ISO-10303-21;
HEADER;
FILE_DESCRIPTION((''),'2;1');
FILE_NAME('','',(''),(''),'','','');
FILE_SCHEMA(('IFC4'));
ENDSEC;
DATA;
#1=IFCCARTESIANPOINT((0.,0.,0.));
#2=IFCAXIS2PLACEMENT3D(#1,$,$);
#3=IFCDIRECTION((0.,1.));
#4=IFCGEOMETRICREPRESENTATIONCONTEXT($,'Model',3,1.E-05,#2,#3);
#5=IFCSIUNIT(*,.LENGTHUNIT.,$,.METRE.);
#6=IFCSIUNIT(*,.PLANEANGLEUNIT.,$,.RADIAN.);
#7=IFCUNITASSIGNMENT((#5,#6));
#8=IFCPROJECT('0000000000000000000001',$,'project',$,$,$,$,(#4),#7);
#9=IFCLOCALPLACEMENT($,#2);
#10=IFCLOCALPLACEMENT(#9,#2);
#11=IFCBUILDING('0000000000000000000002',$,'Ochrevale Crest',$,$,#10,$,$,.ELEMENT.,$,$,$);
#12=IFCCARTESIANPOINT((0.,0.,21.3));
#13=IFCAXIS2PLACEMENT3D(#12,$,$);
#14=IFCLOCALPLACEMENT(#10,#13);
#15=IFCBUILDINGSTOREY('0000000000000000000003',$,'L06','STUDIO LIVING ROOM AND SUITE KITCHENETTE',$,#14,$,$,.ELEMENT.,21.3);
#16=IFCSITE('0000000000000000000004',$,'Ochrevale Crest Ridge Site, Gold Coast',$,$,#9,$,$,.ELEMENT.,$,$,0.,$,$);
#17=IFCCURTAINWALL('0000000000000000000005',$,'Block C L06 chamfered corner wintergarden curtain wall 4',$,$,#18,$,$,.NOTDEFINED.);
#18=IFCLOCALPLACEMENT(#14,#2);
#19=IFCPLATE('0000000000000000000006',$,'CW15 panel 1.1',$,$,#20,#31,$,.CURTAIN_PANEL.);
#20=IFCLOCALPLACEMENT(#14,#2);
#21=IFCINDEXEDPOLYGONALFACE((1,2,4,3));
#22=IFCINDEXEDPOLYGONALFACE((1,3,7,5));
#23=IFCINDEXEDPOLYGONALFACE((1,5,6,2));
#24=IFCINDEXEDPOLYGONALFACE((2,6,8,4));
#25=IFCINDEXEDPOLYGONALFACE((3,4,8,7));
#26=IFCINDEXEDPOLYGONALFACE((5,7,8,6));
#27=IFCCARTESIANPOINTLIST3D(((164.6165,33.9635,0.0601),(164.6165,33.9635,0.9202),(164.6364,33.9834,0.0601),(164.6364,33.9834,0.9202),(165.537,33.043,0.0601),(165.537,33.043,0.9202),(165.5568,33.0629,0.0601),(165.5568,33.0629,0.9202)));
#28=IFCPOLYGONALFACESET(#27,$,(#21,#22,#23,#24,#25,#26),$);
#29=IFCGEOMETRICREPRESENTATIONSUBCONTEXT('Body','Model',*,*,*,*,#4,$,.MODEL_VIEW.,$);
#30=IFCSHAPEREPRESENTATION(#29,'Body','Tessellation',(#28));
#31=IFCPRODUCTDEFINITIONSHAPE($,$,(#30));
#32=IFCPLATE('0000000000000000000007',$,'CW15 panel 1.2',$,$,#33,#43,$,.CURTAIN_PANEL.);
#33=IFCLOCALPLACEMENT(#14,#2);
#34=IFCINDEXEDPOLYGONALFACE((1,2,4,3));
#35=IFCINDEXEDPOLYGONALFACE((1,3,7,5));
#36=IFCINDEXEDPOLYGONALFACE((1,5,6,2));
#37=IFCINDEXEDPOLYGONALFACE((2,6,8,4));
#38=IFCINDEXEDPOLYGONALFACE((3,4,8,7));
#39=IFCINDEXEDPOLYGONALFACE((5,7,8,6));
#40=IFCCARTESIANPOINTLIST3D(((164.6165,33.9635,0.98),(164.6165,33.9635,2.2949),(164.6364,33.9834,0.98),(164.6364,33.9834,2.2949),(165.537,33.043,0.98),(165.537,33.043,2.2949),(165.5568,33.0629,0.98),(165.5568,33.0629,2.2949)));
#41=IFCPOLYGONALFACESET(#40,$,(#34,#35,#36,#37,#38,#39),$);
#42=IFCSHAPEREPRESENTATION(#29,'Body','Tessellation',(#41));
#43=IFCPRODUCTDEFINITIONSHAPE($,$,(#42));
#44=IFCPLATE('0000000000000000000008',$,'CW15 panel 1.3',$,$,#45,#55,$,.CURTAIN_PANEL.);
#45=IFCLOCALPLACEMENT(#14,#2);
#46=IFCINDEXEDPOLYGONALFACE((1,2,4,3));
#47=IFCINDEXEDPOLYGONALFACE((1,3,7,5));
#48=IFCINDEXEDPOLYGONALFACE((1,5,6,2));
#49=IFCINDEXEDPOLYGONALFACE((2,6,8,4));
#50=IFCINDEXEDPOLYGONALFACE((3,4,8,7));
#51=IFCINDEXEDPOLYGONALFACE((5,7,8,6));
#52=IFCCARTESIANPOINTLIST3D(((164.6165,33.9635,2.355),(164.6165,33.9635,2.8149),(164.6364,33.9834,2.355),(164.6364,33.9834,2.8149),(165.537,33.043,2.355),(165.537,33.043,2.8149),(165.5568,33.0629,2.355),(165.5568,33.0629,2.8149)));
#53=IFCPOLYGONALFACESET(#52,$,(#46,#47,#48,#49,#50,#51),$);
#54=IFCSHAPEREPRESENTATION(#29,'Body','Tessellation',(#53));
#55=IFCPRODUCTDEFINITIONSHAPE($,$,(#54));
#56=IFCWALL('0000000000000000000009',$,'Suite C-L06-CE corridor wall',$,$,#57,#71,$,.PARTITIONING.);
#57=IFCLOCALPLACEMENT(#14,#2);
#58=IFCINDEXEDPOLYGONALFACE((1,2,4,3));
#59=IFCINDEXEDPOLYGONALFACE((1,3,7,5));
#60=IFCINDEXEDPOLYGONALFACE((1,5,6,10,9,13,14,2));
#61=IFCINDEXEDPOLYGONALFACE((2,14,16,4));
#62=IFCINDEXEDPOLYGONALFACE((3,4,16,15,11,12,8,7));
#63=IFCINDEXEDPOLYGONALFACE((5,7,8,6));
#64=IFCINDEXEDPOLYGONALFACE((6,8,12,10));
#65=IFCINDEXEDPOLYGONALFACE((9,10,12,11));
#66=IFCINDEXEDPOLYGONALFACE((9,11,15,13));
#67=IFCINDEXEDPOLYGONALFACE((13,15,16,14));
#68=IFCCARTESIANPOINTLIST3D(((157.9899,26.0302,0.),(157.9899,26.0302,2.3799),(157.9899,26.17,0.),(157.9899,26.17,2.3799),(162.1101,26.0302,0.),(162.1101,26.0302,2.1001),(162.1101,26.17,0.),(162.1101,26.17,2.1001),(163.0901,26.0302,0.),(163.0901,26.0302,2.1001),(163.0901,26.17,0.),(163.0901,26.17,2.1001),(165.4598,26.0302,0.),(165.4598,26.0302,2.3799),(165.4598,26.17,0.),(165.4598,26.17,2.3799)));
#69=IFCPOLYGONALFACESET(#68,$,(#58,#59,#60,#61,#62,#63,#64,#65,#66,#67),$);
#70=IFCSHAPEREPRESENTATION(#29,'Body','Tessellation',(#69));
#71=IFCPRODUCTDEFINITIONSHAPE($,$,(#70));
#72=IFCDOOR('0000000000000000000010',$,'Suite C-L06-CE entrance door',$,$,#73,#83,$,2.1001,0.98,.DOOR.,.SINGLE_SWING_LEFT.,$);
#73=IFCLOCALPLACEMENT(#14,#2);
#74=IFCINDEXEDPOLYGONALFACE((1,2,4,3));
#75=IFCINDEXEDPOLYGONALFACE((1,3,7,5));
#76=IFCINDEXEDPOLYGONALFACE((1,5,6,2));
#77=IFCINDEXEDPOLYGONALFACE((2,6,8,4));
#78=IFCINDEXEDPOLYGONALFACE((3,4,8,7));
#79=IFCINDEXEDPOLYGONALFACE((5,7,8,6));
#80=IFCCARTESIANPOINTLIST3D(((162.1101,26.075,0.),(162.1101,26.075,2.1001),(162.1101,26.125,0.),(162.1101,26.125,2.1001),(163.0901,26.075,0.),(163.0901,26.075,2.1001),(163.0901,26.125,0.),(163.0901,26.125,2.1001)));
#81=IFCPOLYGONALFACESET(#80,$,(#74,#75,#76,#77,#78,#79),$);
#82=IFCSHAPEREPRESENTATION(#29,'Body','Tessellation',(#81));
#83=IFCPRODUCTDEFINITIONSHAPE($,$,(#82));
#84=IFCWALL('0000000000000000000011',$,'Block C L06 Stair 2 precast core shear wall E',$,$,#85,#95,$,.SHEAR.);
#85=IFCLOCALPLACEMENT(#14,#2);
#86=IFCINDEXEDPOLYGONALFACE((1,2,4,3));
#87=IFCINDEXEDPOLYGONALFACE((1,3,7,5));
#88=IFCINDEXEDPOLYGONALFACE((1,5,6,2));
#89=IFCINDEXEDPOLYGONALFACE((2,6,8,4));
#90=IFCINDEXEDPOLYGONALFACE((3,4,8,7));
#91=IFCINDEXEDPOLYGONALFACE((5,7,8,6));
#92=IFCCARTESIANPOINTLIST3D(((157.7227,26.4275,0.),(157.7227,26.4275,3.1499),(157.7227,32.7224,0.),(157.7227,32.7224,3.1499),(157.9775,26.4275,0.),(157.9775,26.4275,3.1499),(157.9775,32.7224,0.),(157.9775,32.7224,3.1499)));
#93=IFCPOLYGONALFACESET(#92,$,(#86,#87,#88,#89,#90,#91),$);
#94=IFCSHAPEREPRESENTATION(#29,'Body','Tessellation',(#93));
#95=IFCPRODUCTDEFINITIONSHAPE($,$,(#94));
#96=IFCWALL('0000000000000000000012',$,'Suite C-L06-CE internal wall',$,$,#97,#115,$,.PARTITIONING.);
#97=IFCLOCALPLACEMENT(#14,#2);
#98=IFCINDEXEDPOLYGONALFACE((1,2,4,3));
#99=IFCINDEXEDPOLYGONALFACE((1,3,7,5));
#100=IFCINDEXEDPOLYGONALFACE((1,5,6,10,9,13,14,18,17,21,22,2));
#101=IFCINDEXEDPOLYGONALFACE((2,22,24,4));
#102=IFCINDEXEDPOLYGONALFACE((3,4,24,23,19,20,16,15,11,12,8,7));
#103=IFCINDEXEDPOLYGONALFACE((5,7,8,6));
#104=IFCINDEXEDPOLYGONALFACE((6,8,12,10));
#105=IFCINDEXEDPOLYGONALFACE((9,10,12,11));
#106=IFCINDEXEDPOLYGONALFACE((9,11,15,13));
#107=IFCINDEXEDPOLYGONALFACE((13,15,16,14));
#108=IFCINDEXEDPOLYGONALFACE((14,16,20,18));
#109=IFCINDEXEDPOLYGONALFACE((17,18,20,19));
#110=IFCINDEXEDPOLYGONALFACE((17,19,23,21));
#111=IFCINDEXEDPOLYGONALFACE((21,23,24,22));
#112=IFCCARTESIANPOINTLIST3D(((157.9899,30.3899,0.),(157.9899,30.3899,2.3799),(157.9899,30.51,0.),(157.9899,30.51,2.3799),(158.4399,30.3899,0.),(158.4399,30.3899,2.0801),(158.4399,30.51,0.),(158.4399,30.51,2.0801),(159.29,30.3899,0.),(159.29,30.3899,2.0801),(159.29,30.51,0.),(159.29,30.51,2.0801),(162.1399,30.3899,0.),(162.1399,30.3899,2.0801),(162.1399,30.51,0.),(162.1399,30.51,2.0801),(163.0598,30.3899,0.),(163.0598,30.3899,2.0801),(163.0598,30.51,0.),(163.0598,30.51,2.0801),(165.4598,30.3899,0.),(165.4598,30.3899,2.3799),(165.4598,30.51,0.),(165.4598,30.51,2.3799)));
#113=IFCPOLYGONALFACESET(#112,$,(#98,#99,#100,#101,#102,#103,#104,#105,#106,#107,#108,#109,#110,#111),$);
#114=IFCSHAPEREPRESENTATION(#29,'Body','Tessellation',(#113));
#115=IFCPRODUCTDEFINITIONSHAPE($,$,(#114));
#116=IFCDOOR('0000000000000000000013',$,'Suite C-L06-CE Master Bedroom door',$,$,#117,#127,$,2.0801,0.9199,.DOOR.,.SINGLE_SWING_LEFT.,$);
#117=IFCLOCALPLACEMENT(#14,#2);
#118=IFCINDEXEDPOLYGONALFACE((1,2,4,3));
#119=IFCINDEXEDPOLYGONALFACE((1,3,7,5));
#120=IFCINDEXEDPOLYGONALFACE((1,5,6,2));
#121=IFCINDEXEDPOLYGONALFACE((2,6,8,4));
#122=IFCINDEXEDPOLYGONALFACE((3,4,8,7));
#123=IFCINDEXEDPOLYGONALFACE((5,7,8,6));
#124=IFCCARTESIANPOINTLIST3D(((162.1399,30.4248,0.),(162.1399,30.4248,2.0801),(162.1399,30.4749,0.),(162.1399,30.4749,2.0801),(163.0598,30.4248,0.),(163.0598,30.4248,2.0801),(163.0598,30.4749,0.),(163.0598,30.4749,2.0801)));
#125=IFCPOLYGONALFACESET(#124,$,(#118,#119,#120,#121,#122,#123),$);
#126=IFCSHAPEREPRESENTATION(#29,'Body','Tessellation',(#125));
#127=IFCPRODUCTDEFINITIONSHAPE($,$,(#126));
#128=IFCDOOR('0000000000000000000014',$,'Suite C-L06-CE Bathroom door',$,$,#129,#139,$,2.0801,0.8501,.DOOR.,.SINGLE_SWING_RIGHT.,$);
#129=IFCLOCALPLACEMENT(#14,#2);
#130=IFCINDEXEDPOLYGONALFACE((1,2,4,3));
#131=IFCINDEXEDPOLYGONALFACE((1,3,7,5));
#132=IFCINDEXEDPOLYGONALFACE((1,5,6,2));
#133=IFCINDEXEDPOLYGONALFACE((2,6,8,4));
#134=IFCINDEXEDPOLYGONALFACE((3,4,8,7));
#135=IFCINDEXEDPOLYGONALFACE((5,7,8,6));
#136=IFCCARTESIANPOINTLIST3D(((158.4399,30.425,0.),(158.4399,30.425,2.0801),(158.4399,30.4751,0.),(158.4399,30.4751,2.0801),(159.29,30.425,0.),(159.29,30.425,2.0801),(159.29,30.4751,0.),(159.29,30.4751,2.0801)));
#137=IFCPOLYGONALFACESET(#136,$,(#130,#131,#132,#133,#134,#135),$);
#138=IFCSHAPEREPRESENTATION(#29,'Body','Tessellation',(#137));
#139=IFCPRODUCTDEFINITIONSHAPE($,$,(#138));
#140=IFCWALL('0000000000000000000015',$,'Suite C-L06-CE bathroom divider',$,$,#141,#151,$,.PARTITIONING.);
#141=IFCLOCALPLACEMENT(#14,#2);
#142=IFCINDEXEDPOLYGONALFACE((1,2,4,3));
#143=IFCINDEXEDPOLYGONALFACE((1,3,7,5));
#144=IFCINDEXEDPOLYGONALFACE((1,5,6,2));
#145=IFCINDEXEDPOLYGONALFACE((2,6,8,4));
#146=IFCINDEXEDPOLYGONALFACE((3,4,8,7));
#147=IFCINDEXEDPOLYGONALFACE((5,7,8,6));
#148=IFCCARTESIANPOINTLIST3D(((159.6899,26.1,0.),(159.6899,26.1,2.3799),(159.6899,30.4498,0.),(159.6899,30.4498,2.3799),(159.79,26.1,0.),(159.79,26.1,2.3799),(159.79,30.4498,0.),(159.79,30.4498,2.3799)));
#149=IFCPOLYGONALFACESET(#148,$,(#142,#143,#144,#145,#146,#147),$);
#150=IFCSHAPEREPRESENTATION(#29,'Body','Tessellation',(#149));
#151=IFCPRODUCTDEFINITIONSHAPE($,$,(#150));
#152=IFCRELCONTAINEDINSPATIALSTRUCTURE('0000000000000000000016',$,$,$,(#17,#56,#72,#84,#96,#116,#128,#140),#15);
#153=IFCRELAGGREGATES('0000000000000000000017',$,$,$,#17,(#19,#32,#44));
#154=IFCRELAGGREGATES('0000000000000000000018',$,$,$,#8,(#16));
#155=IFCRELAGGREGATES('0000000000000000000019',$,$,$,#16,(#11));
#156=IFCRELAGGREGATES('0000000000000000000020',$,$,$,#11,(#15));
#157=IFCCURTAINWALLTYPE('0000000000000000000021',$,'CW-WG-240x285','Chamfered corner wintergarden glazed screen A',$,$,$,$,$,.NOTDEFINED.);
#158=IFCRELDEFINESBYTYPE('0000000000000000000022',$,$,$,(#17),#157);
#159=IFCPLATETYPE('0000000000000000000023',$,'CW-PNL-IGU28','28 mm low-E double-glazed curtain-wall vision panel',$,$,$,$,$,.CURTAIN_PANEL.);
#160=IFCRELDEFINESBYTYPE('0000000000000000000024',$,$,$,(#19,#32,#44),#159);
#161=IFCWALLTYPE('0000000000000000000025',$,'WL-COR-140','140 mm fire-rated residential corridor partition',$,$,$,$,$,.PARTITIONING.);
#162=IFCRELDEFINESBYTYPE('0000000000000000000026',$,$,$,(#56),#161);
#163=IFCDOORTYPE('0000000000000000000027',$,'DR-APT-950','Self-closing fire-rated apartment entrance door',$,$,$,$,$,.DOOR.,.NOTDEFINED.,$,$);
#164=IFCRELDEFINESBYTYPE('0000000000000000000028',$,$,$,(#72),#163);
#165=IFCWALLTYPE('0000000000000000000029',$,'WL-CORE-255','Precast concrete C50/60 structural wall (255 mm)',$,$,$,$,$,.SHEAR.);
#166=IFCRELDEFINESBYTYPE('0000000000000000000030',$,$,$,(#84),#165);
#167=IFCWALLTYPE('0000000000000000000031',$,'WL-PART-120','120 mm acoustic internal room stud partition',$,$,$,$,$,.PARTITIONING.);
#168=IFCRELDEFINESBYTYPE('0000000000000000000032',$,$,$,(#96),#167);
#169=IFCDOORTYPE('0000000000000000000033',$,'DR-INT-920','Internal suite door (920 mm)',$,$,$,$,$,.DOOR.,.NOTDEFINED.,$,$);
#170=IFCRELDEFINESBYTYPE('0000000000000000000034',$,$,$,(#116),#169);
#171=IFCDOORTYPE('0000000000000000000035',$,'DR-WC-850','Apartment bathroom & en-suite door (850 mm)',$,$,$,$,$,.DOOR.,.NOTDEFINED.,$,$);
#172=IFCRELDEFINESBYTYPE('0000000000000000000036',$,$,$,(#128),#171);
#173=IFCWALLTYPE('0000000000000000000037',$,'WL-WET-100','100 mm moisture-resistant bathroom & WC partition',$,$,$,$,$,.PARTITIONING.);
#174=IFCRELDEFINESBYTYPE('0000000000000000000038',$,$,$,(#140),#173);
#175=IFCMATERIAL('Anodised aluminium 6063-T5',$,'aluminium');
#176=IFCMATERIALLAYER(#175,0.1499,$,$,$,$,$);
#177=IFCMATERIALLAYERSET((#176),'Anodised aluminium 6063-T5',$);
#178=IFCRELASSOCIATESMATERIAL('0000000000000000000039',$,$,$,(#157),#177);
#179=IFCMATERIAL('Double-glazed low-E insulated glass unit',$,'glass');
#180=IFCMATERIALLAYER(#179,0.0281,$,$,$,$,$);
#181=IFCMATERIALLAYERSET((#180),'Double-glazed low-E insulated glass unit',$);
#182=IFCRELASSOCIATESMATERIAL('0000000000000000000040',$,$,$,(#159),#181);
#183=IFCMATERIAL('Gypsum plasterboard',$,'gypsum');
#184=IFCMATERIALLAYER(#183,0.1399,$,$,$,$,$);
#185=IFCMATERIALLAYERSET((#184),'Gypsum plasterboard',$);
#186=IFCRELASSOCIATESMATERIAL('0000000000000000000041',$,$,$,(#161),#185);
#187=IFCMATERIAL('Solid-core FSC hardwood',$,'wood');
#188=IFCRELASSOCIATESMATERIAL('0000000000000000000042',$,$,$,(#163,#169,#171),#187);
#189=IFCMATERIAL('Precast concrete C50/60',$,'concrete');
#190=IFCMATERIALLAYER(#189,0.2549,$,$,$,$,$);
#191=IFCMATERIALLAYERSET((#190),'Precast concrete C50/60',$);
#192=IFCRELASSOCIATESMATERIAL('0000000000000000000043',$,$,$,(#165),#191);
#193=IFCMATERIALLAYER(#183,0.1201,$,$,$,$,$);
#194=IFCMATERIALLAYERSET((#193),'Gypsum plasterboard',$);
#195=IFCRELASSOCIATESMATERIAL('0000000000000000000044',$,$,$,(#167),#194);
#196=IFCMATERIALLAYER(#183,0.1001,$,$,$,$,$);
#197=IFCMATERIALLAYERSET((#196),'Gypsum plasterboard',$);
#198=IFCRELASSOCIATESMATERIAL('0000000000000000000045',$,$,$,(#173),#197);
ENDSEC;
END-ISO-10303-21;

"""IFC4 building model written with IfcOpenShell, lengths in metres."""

from ifc_helpers import new_model, si_unit, direction, frame, frame_2d, origin, origin_2d, place, context, subcontext, project, spatial, rectangle, extrude, material, layer, layer_set, type_object, element, fill, aggregate, save


model = new_model("IFC4")

# Units and contexts
model_context = context("Model", 3, precision=1e-05, world=origin(), true_north=direction((0.0, 1.0)))
body_context = subcontext(model_context, "Body", "Model", "MODEL_VIEW")
ifc_project = project(units=[si_unit("LENGTHUNIT", "METRE"), si_unit("PLANEANGLEUNIT", "RADIAN")], contexts=[model_context])

# Site, building, storey
site_placement = place(None, origin())
site = spatial("IfcSite", under=ifc_project, at=site_placement, Name="Ochrevale Crest Ridge Site, Gold Coast", CompositionType="ELEMENT", RefElevation=0.0)
building_placement = place(site_placement, origin())
building = spatial("IfcBuilding", under=site, at=building_placement, Name="Ochrevale Crest", CompositionType="ELEMENT")
storey_placement = place(building_placement, frame((0.0, 0.0, 21.3)))
storey = spatial("IfcBuildingStorey", under=building, at=storey_placement, Name="L06", Description="STUDIO LIVING ROOM AND SUITE KITCHENETTE", CompositionType="ELEMENT", Elevation=21.3)

# Shared definitions
ifc_material_1 = material(Name="Precast concrete C50/60", Category="concrete")

# Curtain wall, plates
ifc_material_2 = material(Name="Anodised aluminium 6063-T5", Category="aluminium")
ifc_layer_1 = layer(ifc_material_2, 0.1499)
ifc_layer_set_1 = layer_set([ifc_layer_1], Name="Anodised aluminium 6063-T5")
curtain_wall_type = type_object("IfcCurtainWallType", Name="CW-WG-240x285", Description="Chamfered corner wintergarden glazed screen A", PredefinedType="NOTDEFINED", material=ifc_layer_set_1)
curtain_wall_placement = place(storey_placement, origin())
curtain_wall = element("IfcCurtainWall", 1, at=curtain_wall_placement, inside=storey, type_object=curtain_wall_type, Name="Block C L06 chamfered corner wintergarden curtain wall 4", PredefinedType="NOTDEFINED")
ifc_material_3 = material(Name="Double-glazed low-E insulated glass unit", Category="glass")
ifc_layer_2 = layer(ifc_material_3, 0.0281)
ifc_layer_set_2 = layer_set([ifc_layer_2], Name="Double-glazed low-E insulated glass unit")
plate_type = type_object("IfcPlateType", Name="CW-PNL-IGU28", Description="28 mm low-E double-glazed curtain-wall vision panel", PredefinedType="CURTAIN_PANEL", material=ifc_layer_set_2)
plate_1_placement = place(storey_placement, frame((165.0867, 33.5132, 0.0601), z_axis=(0.0, 0.0, 1.0), x_axis=(-0.707107, 0.707107, 0.0)))
plate_1 = element("IfcPlate", 2, at=plate_1_placement, type_object=plate_type, Name="CW15 panel 1.1", PredefinedType="CURTAIN_PANEL", context=body_context, shape_type="SweptSolid", body=[
    extrude(rectangle(XDim=1.3018, YDim=0.0281, at=origin_2d()), origin(), (0.0, 0.0, 1.0), 0.8601),
])
plate_2_placement = place(storey_placement, frame((165.0867, 33.5132, 0.98), z_axis=(0.0, 0.0, 1.0), x_axis=(-0.707107, 0.707107, 0.0)))
plate_2 = element("IfcPlate", 3, at=plate_2_placement, type_object=plate_type, Name="CW15 panel 1.2", PredefinedType="CURTAIN_PANEL", context=body_context, shape_type="SweptSolid", body=[
    extrude(rectangle(XDim=1.3018, YDim=0.0281, at=origin_2d()), origin(), (0.0, 0.0, 1.0), 1.3149),
])
plate_3_placement = place(storey_placement, frame((165.0867, 33.5132, 2.355), z_axis=(0.0, 0.0, 1.0), x_axis=(-0.707107, 0.707107, 0.0)))
plate_3 = element("IfcPlate", 4, at=plate_3_placement, type_object=plate_type, Name="CW15 panel 1.3", PredefinedType="CURTAIN_PANEL", context=body_context, shape_type="SweptSolid", body=[
    extrude(rectangle(XDim=1.3018, YDim=0.0281, at=origin_2d()), origin(), (0.0, 0.0, 1.0), 0.46),
])
aggregate(curtain_wall, [plate_1, plate_2, plate_3])

# Wall, opening, door
ifc_material_4 = material(Name="Gypsum plasterboard", Category="gypsum")
ifc_layer_3 = layer(ifc_material_4, 0.1399)
ifc_layer_set_3 = layer_set([ifc_layer_3], Name="Gypsum plasterboard")
wall_type_1 = type_object("IfcWallType", Name="WL-COR-140", Description="140 mm fire-rated residential corridor partition", PredefinedType="PARTITIONING", material=ifc_layer_set_3)
wall_1_placement = place(storey_placement, frame((157.99, 26.1001, 0.0), z_axis=(0.0, 0.0, 1.0), x_axis=(1.0, 0.0, 0.0)))
wall_1 = element("IfcWall", 5, at=wall_1_placement, inside=storey, type_object=wall_type_1, Name="Suite C-L06-CE corridor wall", PredefinedType="PARTITIONING", context=body_context, shape_type="SweptSolid", body=[
    extrude(rectangle(XDim=7.47, YDim=0.1399, at=frame_2d((3.7349, 0.0))), origin(), (0.0, 0.0, 1.0), 2.3799),
])
opening_1_placement = place(wall_1_placement, frame((4.1201, 0.0, 0.0)))
opening_1 = element("IfcOpeningElement", 6, at=opening_1_placement, cuts=wall_1, PredefinedType="OPENING", context=body_context, shape_type="SweptSolid", body=[
    extrude(rectangle(XDim=0.98, YDim=2.1001, at=frame_2d((0.49, 1.05))), frame((0.0, 0.0801, 0.0), z_axis=(0.0, -1.0, 0.0), x_axis=(1.0, 0.0, 0.0)), (0.0, 0.0, 1.0), 0.1599),
])
ifc_material_5 = material(Name="Solid-core FSC hardwood", Category="wood")
door_type_1 = type_object("IfcDoorType", Name="DR-APT-950", Description="Self-closing fire-rated apartment entrance door", OperationType="NOTDEFINED", PredefinedType="DOOR", material=ifc_material_5)
door_1_placement = place(opening_1_placement, origin())
door_1 = element("IfcDoor", 7, at=door_1_placement, inside=storey, type_object=door_type_1, Name="Suite C-L06-CE entrance door", OperationType="SINGLE_SWING_LEFT", OverallHeight=2.1001, OverallWidth=0.98, PredefinedType="DOOR", context=body_context, shape_type="SweptSolid", body=[
    extrude(rectangle(XDim=0.98, YDim=2.1001, at=frame_2d((0.49, 1.05))), frame((0.0, 0.0249, 0.0), z_axis=(0.0, -1.0, 0.0), x_axis=(1.0, 0.0, 0.0)), (0.0, 0.0, 1.0), 0.05),
])
fill(opening_1, door_1)

# Wall
ifc_layer_4 = layer(ifc_material_1, 0.2549)
ifc_layer_set_4 = layer_set([ifc_layer_4], Name="Precast concrete C50/60")
wall_type_2 = type_object("IfcWallType", Name="WL-CORE-255", Description="Precast concrete C50/60 structural wall (255 mm)", PredefinedType="SHEAR", material=ifc_layer_set_4)
wall_2_placement = place(storey_placement, frame((157.8501, 26.4275, 0.0), z_axis=(0.0, 0.0, 1.0), x_axis=(0.0, 1.0, 0.0)))
element("IfcWall", 8, at=wall_2_placement, inside=storey, type_object=wall_type_2, Name="Block C L06 Stair 2 precast core shear wall E", PredefinedType="SHEAR", context=body_context, shape_type="SweptSolid", body=[
    extrude(rectangle(XDim=6.2949, YDim=0.2549, at=frame_2d((3.1475, 0.0))), origin(), (0.0, 0.0, 1.0), 3.1499),
])

# Wall, openings, doors
ifc_layer_5 = layer(ifc_material_4, 0.1201)
ifc_layer_set_5 = layer_set([ifc_layer_5], Name="Gypsum plasterboard")
wall_type_3 = type_object("IfcWallType", Name="WL-PART-120", Description="120 mm acoustic internal room stud partition", PredefinedType="PARTITIONING", material=ifc_layer_set_5)
wall_3_placement = place(storey_placement, frame((157.99, 30.45, 0.0), z_axis=(0.0, 0.0, 1.0), x_axis=(1.0, 0.0, 0.0)))
wall_3 = element("IfcWall", 9, at=wall_3_placement, inside=storey, type_object=wall_type_3, Name="Suite C-L06-CE internal wall", PredefinedType="PARTITIONING", context=body_context, shape_type="SweptSolid", body=[
    extrude(rectangle(XDim=7.47, YDim=0.1201, at=frame_2d((3.7349, 0.0))), origin(), (0.0, 0.0, 1.0), 2.3799),
])
opening_2_placement = place(wall_3_placement, frame((1.3, 0.0, 0.0), z_axis=(0.0, 0.0, 1.0), x_axis=(-1.0, 0.0, 0.0)))
opening_2 = element("IfcOpeningElement", 10, at=opening_2_placement, cuts=wall_3, PredefinedType="OPENING", context=body_context, shape_type="SweptSolid", body=[
    extrude(rectangle(XDim=0.8501, YDim=2.0801, at=frame_2d((0.425, 1.04))), frame((0.0, 0.0701, 0.0), z_axis=(0.0, -1.0, 0.0), x_axis=(1.0, 0.0, 0.0)), (0.0, 0.0, 1.0), 0.1401),
])
opening_3_placement = place(wall_3_placement, frame((4.1499, 0.0, 0.0)))
opening_3 = element("IfcOpeningElement", 11, at=opening_3_placement, cuts=wall_3, PredefinedType="OPENING", context=body_context, shape_type="SweptSolid", body=[
    extrude(rectangle(XDim=0.9199, YDim=2.0801, at=frame_2d((0.46, 1.04))), frame((0.0, 0.0701, 0.0), z_axis=(0.0, -1.0, 0.0), x_axis=(1.0, 0.0, 0.0)), (0.0, 0.0, 1.0), 0.1401),
])
door_type_2 = type_object("IfcDoorType", Name="DR-INT-920", Description="Internal suite door (920 mm)", OperationType="NOTDEFINED", PredefinedType="DOOR", material=ifc_material_5)
door_2_placement = place(opening_3_placement, origin())
door_2 = element("IfcDoor", 12, at=door_2_placement, inside=storey, type_object=door_type_2, Name="Suite C-L06-CE Master Bedroom door", OperationType="SINGLE_SWING_LEFT", OverallHeight=2.0801, OverallWidth=0.9199, PredefinedType="DOOR", context=body_context, shape_type="SweptSolid", body=[
    extrude(rectangle(XDim=0.9199, YDim=2.0801, at=frame_2d((0.46, 1.04))), frame((0.0, 0.0249, 0.0), z_axis=(0.0, -1.0, 0.0), x_axis=(1.0, 0.0, 0.0)), (0.0, 0.0, 1.0), 0.05),
])
fill(opening_3, door_2)
door_type_3 = type_object("IfcDoorType", Name="DR-WC-850", Description="Apartment bathroom & en-suite door (850 mm)", OperationType="NOTDEFINED", PredefinedType="DOOR", material=ifc_material_5)
door_3_placement = place(opening_2_placement, origin())
door_3 = element("IfcDoor", 13, at=door_3_placement, inside=storey, type_object=door_type_3, Name="Suite C-L06-CE Bathroom door", OperationType="SINGLE_SWING_RIGHT", OverallHeight=2.0801, OverallWidth=0.8501, PredefinedType="DOOR", context=body_context, shape_type="SweptSolid", body=[
    extrude(rectangle(XDim=0.8501, YDim=2.0801, at=frame_2d((0.425, 1.04))), frame((0.0, 0.0249, 0.0), z_axis=(0.0, -1.0, 0.0), x_axis=(1.0, 0.0, 0.0)), (0.0, 0.0, 1.0), 0.05),
])
fill(opening_2, door_3)

# Wall
ifc_layer_6 = layer(ifc_material_4, 0.1001)
ifc_layer_set_6 = layer_set([ifc_layer_6], Name="Gypsum plasterboard")
wall_type_4 = type_object("IfcWallType", Name="WL-WET-100", Description="100 mm moisture-resistant bathroom & WC partition", PredefinedType="PARTITIONING", material=ifc_layer_set_6)
wall_4_placement = place(storey_placement, frame((159.74, 26.1001, 0.0), z_axis=(0.0, 0.0, 1.0), x_axis=(0.0, 1.0, 0.0)))
element("IfcWall", 14, at=wall_4_placement, inside=storey, type_object=wall_type_4, Name="Suite C-L06-CE bathroom divider", PredefinedType="PARTITIONING", context=body_context, shape_type="SweptSolid", body=[
    extrude(rectangle(XDim=4.3499, YDim=0.1001, at=frame_2d((2.1748, 0.0))), origin(), (0.0, 0.0, 1.0), 2.3799),
])

save(model, "model.ifc")
